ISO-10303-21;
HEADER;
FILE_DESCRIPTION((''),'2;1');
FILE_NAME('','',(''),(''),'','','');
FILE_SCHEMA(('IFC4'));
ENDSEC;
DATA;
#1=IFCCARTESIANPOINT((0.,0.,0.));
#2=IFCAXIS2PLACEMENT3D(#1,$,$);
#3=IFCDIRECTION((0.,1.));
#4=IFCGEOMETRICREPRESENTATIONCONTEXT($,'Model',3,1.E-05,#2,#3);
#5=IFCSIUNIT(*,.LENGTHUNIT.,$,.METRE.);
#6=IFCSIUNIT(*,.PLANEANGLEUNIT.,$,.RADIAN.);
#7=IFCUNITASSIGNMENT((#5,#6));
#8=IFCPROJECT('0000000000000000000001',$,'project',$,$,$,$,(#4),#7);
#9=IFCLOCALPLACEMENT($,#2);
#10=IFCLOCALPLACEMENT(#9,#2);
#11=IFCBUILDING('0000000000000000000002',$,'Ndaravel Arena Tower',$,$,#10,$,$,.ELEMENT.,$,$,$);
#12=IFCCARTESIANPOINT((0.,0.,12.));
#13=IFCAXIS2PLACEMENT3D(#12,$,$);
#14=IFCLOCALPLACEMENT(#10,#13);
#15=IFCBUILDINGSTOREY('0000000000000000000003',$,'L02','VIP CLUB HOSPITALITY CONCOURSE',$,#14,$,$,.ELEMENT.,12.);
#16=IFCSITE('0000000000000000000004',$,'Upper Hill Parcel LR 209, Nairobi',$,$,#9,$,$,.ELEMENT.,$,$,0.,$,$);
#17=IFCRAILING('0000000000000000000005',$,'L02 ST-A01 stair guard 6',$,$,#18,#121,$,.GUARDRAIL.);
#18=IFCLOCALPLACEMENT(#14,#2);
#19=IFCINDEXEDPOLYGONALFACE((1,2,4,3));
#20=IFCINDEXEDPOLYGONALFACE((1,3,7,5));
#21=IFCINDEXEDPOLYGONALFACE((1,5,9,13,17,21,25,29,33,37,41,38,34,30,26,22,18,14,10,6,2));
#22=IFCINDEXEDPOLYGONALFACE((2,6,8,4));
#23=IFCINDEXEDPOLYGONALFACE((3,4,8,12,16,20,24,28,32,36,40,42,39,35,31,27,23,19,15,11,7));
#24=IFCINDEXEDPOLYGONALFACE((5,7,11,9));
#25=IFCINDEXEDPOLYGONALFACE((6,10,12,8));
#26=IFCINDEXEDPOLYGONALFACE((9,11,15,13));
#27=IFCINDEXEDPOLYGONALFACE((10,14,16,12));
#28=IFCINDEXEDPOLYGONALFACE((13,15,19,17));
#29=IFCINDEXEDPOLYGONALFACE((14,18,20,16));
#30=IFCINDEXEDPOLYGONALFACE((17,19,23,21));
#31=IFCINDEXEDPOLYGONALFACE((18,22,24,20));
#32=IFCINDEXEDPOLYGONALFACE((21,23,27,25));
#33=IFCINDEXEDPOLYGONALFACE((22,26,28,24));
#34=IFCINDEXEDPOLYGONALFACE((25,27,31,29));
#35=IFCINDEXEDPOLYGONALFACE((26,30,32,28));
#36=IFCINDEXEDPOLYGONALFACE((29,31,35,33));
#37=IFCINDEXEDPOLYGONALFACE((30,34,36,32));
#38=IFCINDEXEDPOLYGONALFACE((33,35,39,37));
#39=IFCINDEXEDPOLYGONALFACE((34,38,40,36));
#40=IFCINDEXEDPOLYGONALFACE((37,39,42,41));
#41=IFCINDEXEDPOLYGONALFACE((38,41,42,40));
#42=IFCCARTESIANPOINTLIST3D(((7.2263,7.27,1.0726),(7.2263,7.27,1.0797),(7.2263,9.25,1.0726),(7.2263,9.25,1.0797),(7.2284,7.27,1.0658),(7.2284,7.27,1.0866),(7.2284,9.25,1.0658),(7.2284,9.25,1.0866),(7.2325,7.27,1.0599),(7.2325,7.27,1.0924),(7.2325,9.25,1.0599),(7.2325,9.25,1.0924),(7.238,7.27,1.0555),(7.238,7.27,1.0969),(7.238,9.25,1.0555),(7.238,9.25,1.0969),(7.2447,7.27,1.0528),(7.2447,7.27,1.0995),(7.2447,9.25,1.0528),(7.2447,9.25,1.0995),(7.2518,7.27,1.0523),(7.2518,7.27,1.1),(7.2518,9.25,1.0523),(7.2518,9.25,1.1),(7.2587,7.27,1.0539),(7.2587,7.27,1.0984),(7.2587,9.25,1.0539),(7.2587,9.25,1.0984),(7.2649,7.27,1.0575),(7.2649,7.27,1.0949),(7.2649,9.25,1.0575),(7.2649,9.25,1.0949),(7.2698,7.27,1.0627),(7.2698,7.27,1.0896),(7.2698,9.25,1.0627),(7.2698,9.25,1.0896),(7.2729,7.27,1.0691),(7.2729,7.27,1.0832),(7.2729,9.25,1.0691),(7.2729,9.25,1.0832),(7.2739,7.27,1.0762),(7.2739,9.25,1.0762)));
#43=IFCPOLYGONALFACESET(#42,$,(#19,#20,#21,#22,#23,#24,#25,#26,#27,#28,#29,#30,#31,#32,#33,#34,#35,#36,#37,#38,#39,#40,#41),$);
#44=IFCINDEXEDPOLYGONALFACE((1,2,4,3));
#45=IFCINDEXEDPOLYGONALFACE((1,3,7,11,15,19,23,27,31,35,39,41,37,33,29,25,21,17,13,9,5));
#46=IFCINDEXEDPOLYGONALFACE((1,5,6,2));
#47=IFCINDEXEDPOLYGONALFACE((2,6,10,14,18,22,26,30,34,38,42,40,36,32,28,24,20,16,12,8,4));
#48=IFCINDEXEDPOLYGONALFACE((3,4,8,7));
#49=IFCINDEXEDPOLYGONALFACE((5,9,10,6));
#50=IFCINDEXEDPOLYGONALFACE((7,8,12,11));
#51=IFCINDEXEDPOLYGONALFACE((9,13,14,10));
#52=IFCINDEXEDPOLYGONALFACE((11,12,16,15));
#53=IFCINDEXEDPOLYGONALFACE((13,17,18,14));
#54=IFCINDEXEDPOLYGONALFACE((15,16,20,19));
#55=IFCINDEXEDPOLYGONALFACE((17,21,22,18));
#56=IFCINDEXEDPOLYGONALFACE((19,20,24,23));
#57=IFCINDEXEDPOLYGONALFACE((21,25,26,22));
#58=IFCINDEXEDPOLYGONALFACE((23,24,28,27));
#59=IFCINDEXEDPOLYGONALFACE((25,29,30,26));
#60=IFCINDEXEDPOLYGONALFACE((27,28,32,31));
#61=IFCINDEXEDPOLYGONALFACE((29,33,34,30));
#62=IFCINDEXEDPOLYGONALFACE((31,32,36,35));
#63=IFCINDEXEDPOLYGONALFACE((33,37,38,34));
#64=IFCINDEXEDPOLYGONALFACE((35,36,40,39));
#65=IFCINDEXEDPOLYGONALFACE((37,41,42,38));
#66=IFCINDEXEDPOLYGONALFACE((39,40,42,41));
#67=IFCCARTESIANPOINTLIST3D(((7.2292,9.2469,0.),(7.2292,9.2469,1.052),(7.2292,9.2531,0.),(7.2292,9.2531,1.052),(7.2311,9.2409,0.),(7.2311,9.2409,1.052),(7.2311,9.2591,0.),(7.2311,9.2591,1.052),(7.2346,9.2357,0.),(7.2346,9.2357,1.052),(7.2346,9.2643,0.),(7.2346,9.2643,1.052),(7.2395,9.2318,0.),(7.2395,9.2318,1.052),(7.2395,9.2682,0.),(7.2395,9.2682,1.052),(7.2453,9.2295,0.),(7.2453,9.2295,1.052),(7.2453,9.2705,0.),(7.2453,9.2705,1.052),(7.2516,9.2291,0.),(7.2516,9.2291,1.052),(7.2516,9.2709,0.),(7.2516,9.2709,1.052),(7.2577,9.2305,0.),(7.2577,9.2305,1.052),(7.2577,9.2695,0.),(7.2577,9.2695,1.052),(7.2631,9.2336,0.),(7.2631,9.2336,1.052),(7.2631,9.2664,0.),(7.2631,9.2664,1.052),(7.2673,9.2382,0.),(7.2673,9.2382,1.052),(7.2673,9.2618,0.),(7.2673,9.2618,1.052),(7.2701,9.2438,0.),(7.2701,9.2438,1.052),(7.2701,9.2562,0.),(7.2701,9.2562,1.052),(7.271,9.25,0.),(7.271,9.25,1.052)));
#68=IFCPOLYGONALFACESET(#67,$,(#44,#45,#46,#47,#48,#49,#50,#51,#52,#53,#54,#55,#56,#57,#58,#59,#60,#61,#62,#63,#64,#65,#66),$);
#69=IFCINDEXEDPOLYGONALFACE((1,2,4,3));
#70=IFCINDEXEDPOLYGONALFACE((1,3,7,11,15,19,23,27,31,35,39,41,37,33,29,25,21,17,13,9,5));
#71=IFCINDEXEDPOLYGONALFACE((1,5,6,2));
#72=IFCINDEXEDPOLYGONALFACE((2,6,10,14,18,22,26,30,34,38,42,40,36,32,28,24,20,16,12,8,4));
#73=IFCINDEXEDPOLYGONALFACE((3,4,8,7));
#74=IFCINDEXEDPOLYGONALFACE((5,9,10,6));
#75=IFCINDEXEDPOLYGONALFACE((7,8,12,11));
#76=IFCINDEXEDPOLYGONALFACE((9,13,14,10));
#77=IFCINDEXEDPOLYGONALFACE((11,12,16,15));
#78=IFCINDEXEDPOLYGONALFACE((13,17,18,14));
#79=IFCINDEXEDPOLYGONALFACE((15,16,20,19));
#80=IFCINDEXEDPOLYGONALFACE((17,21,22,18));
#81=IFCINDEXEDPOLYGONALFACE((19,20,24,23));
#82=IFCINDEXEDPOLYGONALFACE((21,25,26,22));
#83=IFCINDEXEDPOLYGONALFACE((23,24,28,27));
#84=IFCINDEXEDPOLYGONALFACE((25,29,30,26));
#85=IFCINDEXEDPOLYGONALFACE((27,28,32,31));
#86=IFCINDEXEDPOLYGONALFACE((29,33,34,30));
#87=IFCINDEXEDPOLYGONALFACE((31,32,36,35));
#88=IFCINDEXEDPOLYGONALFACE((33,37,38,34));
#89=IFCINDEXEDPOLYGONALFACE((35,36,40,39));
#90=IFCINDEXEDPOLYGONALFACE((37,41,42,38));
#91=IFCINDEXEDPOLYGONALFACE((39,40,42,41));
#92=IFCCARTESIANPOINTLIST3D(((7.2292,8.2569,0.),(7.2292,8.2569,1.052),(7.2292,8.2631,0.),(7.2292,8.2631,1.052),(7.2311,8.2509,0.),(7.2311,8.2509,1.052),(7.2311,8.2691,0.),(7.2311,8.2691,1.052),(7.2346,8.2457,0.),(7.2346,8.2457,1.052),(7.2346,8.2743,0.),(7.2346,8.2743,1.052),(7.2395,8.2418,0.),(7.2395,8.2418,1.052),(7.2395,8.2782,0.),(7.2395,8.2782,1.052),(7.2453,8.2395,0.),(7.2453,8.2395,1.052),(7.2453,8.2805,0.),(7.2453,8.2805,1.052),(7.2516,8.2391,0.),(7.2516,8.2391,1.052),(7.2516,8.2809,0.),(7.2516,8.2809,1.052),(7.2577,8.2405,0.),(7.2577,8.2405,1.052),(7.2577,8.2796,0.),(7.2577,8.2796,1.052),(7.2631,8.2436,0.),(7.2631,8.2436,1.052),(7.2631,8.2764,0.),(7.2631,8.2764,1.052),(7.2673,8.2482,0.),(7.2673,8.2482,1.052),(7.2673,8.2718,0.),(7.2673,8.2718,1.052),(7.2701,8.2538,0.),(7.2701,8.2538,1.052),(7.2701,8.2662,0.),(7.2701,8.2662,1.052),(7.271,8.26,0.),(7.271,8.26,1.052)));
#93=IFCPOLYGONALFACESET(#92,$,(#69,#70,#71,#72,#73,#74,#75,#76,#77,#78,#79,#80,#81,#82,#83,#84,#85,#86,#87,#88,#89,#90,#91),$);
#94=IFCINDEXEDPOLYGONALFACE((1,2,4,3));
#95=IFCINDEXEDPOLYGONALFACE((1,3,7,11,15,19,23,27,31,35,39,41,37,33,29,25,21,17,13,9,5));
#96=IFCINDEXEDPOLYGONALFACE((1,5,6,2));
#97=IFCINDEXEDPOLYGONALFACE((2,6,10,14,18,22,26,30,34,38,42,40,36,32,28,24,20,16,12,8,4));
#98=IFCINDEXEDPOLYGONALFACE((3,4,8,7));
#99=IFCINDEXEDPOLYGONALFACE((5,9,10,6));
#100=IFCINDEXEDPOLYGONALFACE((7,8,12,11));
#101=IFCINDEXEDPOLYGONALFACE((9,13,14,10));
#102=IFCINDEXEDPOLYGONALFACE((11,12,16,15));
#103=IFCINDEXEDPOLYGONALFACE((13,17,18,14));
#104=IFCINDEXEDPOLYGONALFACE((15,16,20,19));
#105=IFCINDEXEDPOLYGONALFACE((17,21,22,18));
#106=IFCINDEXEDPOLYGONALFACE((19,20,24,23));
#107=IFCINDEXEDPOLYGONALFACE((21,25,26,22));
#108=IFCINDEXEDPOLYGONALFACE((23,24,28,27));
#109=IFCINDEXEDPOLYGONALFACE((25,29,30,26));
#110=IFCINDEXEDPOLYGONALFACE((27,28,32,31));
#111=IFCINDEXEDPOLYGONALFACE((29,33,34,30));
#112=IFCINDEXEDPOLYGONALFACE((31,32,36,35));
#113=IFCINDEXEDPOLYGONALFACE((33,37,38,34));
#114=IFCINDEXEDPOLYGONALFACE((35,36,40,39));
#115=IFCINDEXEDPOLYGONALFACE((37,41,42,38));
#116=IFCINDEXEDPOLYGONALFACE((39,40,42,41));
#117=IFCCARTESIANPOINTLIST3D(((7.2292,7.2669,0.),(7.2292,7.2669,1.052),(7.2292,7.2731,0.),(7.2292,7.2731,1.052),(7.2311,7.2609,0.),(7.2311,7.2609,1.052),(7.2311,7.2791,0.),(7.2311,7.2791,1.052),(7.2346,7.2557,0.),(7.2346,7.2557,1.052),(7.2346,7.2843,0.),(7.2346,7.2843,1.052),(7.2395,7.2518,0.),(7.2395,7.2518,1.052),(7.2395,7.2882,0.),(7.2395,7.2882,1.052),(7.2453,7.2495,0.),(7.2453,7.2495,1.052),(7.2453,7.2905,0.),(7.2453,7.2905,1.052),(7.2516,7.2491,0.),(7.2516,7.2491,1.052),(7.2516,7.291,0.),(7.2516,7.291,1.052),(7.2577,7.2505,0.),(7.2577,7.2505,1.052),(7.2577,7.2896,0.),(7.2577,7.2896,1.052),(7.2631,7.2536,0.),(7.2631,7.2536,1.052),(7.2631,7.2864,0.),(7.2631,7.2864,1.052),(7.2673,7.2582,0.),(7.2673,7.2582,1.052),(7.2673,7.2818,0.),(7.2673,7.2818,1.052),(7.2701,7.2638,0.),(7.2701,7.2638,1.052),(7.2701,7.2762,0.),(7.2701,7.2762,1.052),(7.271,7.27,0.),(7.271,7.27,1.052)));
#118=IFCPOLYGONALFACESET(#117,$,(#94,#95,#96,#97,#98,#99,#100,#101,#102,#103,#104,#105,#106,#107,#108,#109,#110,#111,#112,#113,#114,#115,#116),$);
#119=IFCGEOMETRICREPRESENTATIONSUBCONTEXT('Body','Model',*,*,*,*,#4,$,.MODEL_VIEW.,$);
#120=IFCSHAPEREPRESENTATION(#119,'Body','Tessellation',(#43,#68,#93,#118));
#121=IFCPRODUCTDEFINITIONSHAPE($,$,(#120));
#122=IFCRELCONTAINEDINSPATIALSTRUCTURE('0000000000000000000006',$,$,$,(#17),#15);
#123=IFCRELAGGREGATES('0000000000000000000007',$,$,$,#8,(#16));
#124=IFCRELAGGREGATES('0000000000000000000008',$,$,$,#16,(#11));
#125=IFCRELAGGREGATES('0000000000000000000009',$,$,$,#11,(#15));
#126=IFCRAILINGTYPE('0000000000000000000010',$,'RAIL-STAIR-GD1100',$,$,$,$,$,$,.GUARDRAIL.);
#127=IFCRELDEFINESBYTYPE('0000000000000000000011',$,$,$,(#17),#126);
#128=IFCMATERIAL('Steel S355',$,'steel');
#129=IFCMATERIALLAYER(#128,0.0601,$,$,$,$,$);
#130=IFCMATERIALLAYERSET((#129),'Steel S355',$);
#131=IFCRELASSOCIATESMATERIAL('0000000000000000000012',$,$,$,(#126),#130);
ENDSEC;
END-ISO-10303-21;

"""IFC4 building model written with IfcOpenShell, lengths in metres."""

from ifc_helpers import new_model, si_unit, direction, frame, origin, origin_2d, place, context, subcontext, project, spatial, circle, extrude, material, layer, layer_set, type_object, element, save


model = new_model("IFC4")

# Units and contexts
model_context = context("Model", 3, precision=1e-05, world=origin(), true_north=direction((0.0, 1.0)))
body_context = subcontext(model_context, "Body", "Model", "MODEL_VIEW")
ifc_project = project(units=[si_unit("LENGTHUNIT", "METRE"), si_unit("PLANEANGLEUNIT", "RADIAN")], contexts=[model_context])

# Site, building, storey
site_placement = place(None, origin())
site = spatial("IfcSite", under=ifc_project, at=site_placement, Name="Upper Hill Parcel LR 209, Nairobi", CompositionType="ELEMENT", RefElevation=0.0)
building_placement = place(site_placement, origin())
building = spatial("IfcBuilding", under=site, at=building_placement, Name="Ndaravel Arena Tower", CompositionType="ELEMENT")
storey_placement = place(building_placement, frame((0.0, 0.0, 12.0)))
storey = spatial("IfcBuildingStorey", under=building, at=storey_placement, Name="L02", Description="VIP CLUB HOSPITALITY CONCOURSE", CompositionType="ELEMENT", Elevation=12.0)

# Railing
ifc_material_1 = material(Name="Steel S355", Category="steel")
ifc_layer_1 = layer(ifc_material_1, 0.0601)
ifc_layer_set_1 = layer_set([ifc_layer_1], Name="Steel S355")
railing_type_1 = type_object("IfcRailingType", Name="RAIL-STAIR-GD1100", PredefinedType="GUARDRAIL", material=ifc_layer_set_1)
for number, where, name in (
    (1, (7.25, 9.25, 0.0), "L02 ST-A01 stair guard 6"),
):
    element("IfcRailing", number, at=place(storey_placement, frame(where)), inside=storey, type_object=railing_type_1, Name=name, PredefinedType="GUARDRAIL", context=body_context, shape_type="SweptSolid", body=[
        extrude(circle(Radius=0.0239, at=origin_2d()), frame((0.0, 0.0, 1.0762), z_axis=(0.0, -1.0, 0.0), x_axis=(1.0, 0.0, 0.0)), (0.0, 0.0, 1.0), 1.98),
        extrude(circle(Radius=0.021, at=origin_2d()), origin(), (0.0, 0.0, 1.0), 1.052),
        extrude(circle(Radius=0.021, at=origin_2d()), frame((0.0, -0.99, 0.0)), (0.0, 0.0, 1.0), 1.052),
        extrude(circle(Radius=0.021, at=origin_2d()), frame((0.0, -1.98, 0.0)), (0.0, 0.0, 1.0), 1.052),
    ])

save(model, "model.ifc")
